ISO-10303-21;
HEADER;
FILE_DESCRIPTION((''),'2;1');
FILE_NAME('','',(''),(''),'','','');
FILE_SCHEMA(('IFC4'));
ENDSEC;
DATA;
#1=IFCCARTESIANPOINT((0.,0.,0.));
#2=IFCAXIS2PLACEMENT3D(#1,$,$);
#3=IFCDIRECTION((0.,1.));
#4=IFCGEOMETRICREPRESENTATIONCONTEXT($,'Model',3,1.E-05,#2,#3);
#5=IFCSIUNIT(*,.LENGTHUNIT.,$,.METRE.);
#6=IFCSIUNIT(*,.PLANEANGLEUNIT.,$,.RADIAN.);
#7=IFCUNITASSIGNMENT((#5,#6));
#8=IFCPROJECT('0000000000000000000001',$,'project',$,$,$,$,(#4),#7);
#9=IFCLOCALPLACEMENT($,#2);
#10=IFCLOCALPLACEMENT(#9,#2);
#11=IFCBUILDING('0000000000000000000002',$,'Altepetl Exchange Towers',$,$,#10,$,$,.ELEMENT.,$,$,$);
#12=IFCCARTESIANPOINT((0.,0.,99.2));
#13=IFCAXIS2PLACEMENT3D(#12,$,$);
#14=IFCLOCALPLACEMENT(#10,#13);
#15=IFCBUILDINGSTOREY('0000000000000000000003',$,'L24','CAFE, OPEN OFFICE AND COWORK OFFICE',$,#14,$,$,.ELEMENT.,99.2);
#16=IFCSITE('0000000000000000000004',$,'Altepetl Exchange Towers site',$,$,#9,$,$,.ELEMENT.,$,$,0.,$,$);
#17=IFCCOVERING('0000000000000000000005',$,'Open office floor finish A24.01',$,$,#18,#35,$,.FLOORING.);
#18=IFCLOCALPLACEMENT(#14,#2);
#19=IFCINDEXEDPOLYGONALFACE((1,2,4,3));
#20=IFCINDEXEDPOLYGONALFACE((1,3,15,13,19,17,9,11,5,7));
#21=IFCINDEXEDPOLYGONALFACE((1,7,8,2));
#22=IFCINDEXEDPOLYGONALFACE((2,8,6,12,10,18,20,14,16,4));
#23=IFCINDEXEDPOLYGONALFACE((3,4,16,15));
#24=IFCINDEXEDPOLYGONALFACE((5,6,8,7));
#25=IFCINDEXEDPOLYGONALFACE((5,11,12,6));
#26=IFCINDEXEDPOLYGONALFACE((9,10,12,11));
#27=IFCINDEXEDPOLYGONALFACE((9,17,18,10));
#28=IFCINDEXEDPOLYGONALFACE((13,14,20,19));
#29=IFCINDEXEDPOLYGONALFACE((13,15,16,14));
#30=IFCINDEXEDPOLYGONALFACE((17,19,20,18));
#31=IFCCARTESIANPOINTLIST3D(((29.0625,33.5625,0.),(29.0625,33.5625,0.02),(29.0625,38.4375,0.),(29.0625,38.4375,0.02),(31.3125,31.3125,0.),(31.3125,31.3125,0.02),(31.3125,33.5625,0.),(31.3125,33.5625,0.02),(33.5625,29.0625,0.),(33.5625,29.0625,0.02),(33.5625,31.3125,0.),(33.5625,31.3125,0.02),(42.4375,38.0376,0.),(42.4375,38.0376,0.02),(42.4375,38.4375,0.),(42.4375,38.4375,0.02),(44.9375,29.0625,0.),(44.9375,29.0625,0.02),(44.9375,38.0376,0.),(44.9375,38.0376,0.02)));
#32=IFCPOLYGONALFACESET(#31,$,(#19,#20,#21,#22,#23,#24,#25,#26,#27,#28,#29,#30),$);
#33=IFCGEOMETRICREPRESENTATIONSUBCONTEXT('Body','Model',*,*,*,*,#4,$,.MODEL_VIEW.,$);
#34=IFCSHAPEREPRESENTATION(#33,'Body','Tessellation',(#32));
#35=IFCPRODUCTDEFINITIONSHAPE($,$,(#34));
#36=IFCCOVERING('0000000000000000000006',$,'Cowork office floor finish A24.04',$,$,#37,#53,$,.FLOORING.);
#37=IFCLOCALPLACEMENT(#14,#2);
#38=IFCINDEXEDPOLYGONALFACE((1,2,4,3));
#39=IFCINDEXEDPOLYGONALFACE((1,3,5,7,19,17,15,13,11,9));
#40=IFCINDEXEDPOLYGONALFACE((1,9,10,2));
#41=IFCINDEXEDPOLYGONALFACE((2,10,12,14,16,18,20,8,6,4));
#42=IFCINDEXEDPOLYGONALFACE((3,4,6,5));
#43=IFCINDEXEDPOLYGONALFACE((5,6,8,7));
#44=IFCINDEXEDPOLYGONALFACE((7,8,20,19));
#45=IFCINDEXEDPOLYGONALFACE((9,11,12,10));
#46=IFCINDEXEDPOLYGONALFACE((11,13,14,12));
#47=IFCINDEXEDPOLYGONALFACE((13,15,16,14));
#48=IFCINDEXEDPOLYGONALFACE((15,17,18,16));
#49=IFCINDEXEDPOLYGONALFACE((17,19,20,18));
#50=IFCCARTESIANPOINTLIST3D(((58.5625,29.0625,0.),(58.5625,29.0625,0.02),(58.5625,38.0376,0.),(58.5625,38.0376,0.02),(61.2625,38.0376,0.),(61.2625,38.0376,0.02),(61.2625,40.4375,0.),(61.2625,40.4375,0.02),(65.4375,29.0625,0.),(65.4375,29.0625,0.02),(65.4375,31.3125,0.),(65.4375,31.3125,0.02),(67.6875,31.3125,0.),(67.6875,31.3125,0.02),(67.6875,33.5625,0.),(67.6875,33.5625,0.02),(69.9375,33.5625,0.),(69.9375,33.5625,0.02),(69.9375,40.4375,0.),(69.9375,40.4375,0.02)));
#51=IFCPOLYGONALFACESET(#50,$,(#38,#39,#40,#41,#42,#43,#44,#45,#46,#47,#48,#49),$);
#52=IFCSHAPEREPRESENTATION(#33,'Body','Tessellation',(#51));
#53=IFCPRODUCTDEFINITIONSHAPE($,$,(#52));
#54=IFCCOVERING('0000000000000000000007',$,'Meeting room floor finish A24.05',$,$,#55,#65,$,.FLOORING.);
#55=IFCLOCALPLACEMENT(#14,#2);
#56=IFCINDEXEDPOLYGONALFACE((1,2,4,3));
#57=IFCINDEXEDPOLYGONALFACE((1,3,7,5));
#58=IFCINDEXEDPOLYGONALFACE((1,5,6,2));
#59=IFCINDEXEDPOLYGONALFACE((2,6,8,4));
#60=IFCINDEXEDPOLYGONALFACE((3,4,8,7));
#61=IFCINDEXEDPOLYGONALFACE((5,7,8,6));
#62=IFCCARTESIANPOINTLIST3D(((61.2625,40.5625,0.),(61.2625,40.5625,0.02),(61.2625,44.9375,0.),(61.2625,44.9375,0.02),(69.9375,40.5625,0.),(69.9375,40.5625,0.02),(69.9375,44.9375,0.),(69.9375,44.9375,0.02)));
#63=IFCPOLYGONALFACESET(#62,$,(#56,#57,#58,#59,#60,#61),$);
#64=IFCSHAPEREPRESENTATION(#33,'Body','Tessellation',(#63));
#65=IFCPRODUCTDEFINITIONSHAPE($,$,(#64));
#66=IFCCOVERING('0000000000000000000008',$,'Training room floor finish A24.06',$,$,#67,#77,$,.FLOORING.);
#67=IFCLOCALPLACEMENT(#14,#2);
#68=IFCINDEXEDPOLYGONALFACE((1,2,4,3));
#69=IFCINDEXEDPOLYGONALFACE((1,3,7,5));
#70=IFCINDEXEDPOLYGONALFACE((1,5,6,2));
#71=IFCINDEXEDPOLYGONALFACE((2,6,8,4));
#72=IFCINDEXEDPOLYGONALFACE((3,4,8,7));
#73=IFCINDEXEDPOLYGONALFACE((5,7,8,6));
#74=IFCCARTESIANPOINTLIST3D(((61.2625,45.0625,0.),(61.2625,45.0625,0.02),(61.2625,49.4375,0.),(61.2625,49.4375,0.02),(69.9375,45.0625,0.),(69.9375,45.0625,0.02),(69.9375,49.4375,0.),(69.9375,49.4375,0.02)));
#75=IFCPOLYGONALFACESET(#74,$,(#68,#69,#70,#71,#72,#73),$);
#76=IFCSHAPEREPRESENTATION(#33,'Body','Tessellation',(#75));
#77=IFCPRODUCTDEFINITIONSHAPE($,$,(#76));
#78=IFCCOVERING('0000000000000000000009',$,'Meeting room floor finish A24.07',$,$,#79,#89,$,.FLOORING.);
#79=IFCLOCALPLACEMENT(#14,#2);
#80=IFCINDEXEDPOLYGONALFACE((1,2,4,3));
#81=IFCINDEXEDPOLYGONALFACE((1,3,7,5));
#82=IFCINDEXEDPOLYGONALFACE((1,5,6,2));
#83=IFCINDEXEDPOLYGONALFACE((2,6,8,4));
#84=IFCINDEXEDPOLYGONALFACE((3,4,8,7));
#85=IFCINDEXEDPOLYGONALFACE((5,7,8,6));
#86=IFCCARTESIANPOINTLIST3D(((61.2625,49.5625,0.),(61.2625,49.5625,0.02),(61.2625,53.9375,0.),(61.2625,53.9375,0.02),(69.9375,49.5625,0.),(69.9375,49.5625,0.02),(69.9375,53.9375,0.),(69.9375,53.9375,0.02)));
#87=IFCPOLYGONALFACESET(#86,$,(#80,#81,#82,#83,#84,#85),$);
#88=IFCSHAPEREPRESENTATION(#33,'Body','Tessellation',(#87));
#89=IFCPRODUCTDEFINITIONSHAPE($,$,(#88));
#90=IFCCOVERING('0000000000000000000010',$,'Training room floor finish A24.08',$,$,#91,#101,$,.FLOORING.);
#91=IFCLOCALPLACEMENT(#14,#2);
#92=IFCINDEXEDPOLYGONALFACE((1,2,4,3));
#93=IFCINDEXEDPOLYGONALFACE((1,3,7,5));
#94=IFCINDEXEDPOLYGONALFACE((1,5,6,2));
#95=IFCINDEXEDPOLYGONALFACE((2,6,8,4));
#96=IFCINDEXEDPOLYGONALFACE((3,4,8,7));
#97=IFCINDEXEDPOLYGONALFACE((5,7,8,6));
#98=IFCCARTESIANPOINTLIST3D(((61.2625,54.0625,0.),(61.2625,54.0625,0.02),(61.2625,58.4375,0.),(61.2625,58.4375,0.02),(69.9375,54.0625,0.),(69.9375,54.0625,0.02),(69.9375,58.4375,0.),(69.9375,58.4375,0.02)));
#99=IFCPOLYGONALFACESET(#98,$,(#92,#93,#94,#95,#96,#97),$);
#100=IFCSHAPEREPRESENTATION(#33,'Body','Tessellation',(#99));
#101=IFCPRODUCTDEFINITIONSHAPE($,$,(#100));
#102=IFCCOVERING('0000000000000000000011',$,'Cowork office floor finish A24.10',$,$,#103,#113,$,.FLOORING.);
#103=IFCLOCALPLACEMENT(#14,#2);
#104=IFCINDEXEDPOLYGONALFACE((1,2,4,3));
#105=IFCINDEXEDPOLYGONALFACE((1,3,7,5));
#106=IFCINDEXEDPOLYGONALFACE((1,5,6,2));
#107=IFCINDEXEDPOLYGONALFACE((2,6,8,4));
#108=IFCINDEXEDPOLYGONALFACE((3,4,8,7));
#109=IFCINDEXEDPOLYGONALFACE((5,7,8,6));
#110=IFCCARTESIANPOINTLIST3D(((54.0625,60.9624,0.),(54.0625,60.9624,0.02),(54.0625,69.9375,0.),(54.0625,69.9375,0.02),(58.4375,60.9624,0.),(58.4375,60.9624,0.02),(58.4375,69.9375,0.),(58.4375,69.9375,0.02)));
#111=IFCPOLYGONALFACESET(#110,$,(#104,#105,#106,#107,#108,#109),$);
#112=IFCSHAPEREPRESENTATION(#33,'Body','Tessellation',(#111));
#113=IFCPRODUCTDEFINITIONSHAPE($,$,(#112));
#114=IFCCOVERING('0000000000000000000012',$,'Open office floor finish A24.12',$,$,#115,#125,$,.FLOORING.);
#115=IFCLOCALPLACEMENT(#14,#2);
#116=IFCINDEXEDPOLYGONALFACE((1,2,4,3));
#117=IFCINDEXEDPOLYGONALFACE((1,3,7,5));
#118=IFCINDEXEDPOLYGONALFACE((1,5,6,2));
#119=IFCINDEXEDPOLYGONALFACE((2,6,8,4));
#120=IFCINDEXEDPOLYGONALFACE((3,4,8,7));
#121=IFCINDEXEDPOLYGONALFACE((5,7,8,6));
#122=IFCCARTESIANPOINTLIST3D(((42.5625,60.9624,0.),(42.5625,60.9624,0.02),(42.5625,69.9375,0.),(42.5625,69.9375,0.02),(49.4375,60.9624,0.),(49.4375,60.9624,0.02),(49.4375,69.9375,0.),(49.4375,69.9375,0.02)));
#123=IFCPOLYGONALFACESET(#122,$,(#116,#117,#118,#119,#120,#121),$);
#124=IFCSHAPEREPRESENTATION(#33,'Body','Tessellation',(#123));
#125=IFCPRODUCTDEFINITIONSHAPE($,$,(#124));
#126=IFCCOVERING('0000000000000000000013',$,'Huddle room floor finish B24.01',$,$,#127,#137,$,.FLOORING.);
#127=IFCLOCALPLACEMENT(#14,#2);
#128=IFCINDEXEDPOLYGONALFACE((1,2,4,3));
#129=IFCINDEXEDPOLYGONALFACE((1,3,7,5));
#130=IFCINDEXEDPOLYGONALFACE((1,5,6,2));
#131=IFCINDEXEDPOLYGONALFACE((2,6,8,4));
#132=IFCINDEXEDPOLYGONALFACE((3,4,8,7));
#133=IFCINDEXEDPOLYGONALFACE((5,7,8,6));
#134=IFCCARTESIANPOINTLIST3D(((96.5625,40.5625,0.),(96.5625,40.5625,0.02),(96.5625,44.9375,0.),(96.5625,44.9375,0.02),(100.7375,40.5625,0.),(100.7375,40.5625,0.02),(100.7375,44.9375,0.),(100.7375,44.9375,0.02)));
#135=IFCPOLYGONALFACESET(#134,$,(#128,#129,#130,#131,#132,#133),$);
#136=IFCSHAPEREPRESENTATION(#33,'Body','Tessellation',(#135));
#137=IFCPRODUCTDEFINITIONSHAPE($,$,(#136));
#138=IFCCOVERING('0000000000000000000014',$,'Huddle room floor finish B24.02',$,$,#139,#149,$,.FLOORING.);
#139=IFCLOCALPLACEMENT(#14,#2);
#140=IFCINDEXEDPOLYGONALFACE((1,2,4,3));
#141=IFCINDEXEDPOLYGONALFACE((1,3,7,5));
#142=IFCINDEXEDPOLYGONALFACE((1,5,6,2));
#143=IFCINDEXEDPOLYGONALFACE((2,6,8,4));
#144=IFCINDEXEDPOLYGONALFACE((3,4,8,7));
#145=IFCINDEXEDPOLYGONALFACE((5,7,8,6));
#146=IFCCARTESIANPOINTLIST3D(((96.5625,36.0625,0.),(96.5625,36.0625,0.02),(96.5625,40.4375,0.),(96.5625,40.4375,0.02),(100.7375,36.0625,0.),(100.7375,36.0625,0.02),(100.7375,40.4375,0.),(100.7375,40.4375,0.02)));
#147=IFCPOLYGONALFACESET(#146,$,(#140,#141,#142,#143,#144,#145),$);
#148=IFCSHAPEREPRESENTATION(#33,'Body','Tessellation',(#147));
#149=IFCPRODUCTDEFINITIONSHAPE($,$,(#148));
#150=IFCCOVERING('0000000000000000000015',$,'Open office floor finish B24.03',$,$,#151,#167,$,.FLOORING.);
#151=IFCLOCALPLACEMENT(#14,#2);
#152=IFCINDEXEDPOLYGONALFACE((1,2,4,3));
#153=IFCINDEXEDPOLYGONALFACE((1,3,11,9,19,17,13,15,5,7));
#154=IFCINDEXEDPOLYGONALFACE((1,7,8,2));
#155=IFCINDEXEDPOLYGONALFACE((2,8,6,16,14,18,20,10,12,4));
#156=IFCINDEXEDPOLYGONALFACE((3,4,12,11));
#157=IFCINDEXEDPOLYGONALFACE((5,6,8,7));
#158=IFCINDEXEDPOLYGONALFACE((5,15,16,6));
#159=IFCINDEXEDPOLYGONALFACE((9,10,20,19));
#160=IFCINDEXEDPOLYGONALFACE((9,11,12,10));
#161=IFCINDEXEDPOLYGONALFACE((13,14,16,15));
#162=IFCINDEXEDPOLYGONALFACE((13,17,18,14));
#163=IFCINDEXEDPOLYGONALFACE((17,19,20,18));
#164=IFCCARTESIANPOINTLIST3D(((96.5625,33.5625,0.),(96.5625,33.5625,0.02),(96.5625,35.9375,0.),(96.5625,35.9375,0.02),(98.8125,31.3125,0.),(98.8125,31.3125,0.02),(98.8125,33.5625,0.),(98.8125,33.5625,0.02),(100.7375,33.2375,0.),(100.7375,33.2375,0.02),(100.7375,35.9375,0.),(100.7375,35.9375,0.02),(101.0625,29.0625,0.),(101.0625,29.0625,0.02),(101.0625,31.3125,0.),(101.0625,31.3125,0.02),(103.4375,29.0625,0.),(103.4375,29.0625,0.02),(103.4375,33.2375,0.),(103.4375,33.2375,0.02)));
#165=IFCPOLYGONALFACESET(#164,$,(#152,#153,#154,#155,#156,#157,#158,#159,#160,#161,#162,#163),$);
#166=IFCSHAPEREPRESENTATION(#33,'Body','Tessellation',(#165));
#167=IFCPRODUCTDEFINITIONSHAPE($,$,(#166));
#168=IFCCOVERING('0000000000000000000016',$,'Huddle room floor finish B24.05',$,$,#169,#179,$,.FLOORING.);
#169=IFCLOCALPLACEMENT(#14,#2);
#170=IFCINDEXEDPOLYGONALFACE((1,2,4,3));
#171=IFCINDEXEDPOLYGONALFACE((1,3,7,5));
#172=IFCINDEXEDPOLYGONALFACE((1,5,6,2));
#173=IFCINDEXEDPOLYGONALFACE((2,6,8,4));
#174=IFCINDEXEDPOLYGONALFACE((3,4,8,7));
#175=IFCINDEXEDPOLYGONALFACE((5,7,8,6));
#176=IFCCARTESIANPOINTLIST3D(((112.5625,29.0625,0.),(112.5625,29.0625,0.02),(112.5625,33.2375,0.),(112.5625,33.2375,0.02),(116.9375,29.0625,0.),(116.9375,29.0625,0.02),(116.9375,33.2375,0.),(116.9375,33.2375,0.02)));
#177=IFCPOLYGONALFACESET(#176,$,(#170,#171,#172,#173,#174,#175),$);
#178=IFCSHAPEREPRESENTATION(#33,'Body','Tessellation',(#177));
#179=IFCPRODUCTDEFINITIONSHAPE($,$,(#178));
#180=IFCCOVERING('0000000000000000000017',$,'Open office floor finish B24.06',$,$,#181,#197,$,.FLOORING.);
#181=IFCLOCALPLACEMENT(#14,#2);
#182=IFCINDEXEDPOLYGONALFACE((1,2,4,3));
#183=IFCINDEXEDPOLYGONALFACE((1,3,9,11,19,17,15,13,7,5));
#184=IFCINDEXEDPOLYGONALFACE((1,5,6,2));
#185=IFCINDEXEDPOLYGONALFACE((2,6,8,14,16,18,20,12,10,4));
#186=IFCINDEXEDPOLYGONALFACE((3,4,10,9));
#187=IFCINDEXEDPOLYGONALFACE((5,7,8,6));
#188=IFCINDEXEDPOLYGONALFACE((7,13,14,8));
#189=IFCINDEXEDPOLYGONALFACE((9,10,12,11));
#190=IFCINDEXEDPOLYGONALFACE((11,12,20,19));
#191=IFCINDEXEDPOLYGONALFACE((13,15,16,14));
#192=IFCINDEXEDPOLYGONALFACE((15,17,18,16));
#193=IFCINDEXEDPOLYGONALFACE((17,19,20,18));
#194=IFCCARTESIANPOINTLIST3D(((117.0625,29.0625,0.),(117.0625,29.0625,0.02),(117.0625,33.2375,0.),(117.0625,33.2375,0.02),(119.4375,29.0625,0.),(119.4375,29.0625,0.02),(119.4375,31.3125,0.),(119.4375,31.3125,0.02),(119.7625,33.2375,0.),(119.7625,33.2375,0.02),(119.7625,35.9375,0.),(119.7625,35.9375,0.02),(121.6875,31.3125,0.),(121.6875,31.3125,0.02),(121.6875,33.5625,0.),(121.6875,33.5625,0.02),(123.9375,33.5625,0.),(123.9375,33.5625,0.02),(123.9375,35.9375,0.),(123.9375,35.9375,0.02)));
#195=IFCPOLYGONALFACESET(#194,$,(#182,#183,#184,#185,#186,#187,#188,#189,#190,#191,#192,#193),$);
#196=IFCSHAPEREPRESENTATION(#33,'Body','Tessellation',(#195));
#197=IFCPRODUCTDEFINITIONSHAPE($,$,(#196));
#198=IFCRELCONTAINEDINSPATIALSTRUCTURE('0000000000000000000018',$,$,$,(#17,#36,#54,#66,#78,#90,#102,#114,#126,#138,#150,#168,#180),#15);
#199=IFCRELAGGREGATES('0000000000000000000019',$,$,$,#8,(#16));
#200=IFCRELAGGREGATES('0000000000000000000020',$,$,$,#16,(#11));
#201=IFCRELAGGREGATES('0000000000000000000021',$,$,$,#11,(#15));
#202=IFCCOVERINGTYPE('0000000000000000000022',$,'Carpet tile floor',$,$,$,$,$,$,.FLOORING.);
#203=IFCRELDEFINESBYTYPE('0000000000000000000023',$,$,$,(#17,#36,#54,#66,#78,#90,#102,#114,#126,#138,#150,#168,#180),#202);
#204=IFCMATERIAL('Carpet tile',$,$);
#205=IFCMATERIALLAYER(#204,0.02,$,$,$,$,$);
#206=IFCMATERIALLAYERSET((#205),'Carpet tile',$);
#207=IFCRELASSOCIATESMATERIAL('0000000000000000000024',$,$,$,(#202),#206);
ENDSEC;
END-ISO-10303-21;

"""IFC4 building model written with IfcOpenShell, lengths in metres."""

from ifc_helpers import new_model, si_unit, direction, frame, origin, place, context, subcontext, project, spatial, polyline, outline, extrude, material, layer, layer_set, type_object, element, save


model = new_model("IFC4")

# Units and contexts
model_context = context("Model", 3, precision=1e-05, world=origin(), true_north=direction((0.0, 1.0)))
body_context = subcontext(model_context, "Body", "Model", "MODEL_VIEW")
ifc_project = project(units=[si_unit("LENGTHUNIT", "METRE"), si_unit("PLANEANGLEUNIT", "RADIAN")], contexts=[model_context])

# Site, building, storey
site_placement = place(None, origin())
site = spatial("IfcSite", under=ifc_project, at=site_placement, Name="Altepetl Exchange Towers site", CompositionType="ELEMENT", RefElevation=0.0)
building_placement = place(site_placement, origin())
building = spatial("IfcBuilding", under=site, at=building_placement, Name="Altepetl Exchange Towers", CompositionType="ELEMENT")
storey_placement = place(building_placement, frame((0.0, 0.0, 99.2)))
storey = spatial("IfcBuildingStorey", under=building, at=storey_placement, Name="L24", Description="CAFE, OPEN OFFICE AND COWORK OFFICE", CompositionType="ELEMENT", Elevation=99.2)

# Coverings
ifc_material_1 = material(Name="Carpet tile")
ifc_layer_1 = layer(ifc_material_1, 0.02)
ifc_layer_set_1 = layer_set([ifc_layer_1], Name="Carpet tile")
covering_type_1 = type_object("IfcCoveringType", Name="Carpet tile floor", PredefinedType="FLOORING", material=ifc_layer_set_1)
covering_1_placement = place(storey_placement, origin())
element("IfcCovering", 1, at=covering_1_placement, inside=storey, type_object=covering_type_1, Name="Open office floor finish A24.01", PredefinedType="FLOORING", context=body_context, shape_type="SweptSolid", body=[
    extrude(outline(polyline([(33.5625, 29.0625), (44.9375, 29.0625), (44.9375, 38.0376), (42.4375, 38.0376), (42.4375, 38.4375), (29.0625, 38.4375), (29.0625, 33.5625), (31.3125, 33.5625), (31.3125, 31.3125), (33.5625, 31.3125), (33.5625, 29.0625)])), origin(), (0.0, 0.0, 1.0), 0.02),
])
covering_2_placement = place(storey_placement, origin())
element("IfcCovering", 2, at=covering_2_placement, inside=storey, type_object=covering_type_1, Name="Cowork office floor finish A24.04", PredefinedType="FLOORING", context=body_context, shape_type="SweptSolid", body=[
    extrude(outline(polyline([(58.5625, 38.0376), (58.5625, 29.0625), (65.4375, 29.0625), (65.4375, 31.3125), (67.6875, 31.3125), (67.6875, 33.5625), (69.9375, 33.5625), (69.9375, 40.4375), (61.2625, 40.4375), (61.2625, 38.0376), (58.5625, 38.0376)])), origin(), (0.0, 0.0, 1.0), 0.02),
])
covering_3_placement = place(storey_placement, origin())
element("IfcCovering", 3, at=covering_3_placement, inside=storey, type_object=covering_type_1, Name="Meeting room floor finish A24.05", PredefinedType="FLOORING", context=body_context, shape_type="SweptSolid", body=[
    extrude(outline(polyline([(69.9375, 44.9375), (61.2625, 44.9375), (61.2625, 40.5625), (69.9375, 40.5625), (69.9375, 44.9375)])), origin(), (0.0, 0.0, 1.0), 0.02),
])
covering_4_placement = place(storey_placement, origin())
element("IfcCovering", 4, at=covering_4_placement, inside=storey, type_object=covering_type_1, Name="Training room floor finish A24.06", PredefinedType="FLOORING", context=body_context, shape_type="SweptSolid", body=[
    extrude(outline(polyline([(69.9375, 49.4375), (61.2625, 49.4375), (61.2625, 45.0625), (69.9375, 45.0625), (69.9375, 49.4375)])), origin(), (0.0, 0.0, 1.0), 0.02),
])
covering_5_placement = place(storey_placement, origin())
element("IfcCovering", 5, at=covering_5_placement, inside=storey, type_object=covering_type_1, Name="Meeting room floor finish A24.07", PredefinedType="FLOORING", context=body_context, shape_type="SweptSolid", body=[
    extrude(outline(polyline([(69.9375, 53.9375), (61.2625, 53.9375), (61.2625, 49.5625), (69.9375, 49.5625), (69.9375, 53.9375)])), origin(), (0.0, 0.0, 1.0), 0.02),
])
covering_6_placement = place(storey_placement, origin())
element("IfcCovering", 6, at=covering_6_placement, inside=storey, type_object=covering_type_1, Name="Training room floor finish A24.08", PredefinedType="FLOORING", context=body_context, shape_type="SweptSolid", body=[
    extrude(outline(polyline([(69.9375, 58.4375), (61.2625, 58.4375), (61.2625, 54.0625), (69.9375, 54.0625), (69.9375, 58.4375)])), origin(), (0.0, 0.0, 1.0), 0.02),
])
covering_7_placement = place(storey_placement, origin())
element("IfcCovering", 7, at=covering_7_placement, inside=storey, type_object=covering_type_1, Name="Cowork office floor finish A24.10", PredefinedType="FLOORING", context=body_context, shape_type="SweptSolid", body=[
    extrude(outline(polyline([(58.4375, 60.9624), (58.4375, 69.9375), (54.0625, 69.9375), (54.0625, 60.9624), (58.4375, 60.9624)])), origin(), (0.0, 0.0, 1.0), 0.02),
])
covering_8_placement = place(storey_placement, origin())
element("IfcCovering", 8, at=covering_8_placement, inside=storey, type_object=covering_type_1, Name="Open office floor finish A24.12", PredefinedType="FLOORING", context=body_context, shape_type="SweptSolid", body=[
    extrude(outline(polyline([(49.4375, 60.9624), (49.4375, 69.9375), (42.5625, 69.9375), (42.5625, 60.9624), (49.4375, 60.9624)])), origin(), (0.0, 0.0, 1.0), 0.02),
])
covering_9_placement = place(storey_placement, origin())
element("IfcCovering", 9, at=covering_9_placement, inside=storey, type_object=covering_type_1, Name="Huddle room floor finish B24.01", PredefinedType="FLOORING", context=body_context, shape_type="SweptSolid", body=[
    extrude(outline(polyline([(100.7375, 44.9375), (96.5625, 44.9375), (96.5625, 40.5625), (100.7375, 40.5625), (100.7375, 44.9375)])), origin(), (0.0, 0.0, 1.0), 0.02),
])
covering_10_placement = place(storey_placement, origin())
element("IfcCovering", 10, at=covering_10_placement, inside=storey, type_object=covering_type_1, Name="Huddle room floor finish B24.02", PredefinedType="FLOORING", context=body_context, shape_type="SweptSolid", body=[
    extrude(outline(polyline([(100.7375, 40.4375), (96.5625, 40.4375), (96.5625, 36.0625), (100.7375, 36.0625), (100.7375, 40.4375)])), origin(), (0.0, 0.0, 1.0), 0.02),
])
covering_11_placement = place(storey_placement, origin())
element("IfcCovering", 11, at=covering_11_placement, inside=storey, type_object=covering_type_1, Name="Open office floor finish B24.03", PredefinedType="FLOORING", context=body_context, shape_type="SweptSolid", body=[
    extrude(outline(polyline([(100.7375, 35.9375), (96.5625, 35.9375), (96.5625, 33.5625), (98.8125, 33.5625), (98.8125, 31.3125), (101.0625, 31.3125), (101.0625, 29.0625), (103.4375, 29.0625), (103.4375, 33.2375), (100.7375, 33.2375), (100.7375, 35.9375)])), origin(), (0.0, 0.0, 1.0), 0.02),
])
covering_12_placement = place(storey_placement, origin())
element("IfcCovering", 12, at=covering_12_placement, inside=storey, type_object=covering_type_1, Name="Huddle room floor finish B24.05", PredefinedType="FLOORING", context=body_context, shape_type="SweptSolid", body=[
    extrude(outline(polyline([(112.5625, 33.2375), (112.5625, 29.0625), (116.9375, 29.0625), (116.9375, 33.2375), (112.5625, 33.2375)])), origin(), (0.0, 0.0, 1.0), 0.02),
])
covering_13_placement = place(storey_placement, origin())
element("IfcCovering", 13, at=covering_13_placement, inside=storey, type_object=covering_type_1, Name="Open office floor finish B24.06", PredefinedType="FLOORING", context=body_context, shape_type="SweptSolid", body=[
    extrude(outline(polyline([(117.0625, 33.2375), (117.0625, 29.0625), (119.4375, 29.0625), (119.4375, 31.3125), (121.6875, 31.3125), (121.6875, 33.5625), (123.9375, 33.5625), (123.9375, 35.9375), (119.7625, 35.9375), (119.7625, 33.2375), (117.0625, 33.2375)])), origin(), (0.0, 0.0, 1.0), 0.02),
])

save(model, "model.ifc")
